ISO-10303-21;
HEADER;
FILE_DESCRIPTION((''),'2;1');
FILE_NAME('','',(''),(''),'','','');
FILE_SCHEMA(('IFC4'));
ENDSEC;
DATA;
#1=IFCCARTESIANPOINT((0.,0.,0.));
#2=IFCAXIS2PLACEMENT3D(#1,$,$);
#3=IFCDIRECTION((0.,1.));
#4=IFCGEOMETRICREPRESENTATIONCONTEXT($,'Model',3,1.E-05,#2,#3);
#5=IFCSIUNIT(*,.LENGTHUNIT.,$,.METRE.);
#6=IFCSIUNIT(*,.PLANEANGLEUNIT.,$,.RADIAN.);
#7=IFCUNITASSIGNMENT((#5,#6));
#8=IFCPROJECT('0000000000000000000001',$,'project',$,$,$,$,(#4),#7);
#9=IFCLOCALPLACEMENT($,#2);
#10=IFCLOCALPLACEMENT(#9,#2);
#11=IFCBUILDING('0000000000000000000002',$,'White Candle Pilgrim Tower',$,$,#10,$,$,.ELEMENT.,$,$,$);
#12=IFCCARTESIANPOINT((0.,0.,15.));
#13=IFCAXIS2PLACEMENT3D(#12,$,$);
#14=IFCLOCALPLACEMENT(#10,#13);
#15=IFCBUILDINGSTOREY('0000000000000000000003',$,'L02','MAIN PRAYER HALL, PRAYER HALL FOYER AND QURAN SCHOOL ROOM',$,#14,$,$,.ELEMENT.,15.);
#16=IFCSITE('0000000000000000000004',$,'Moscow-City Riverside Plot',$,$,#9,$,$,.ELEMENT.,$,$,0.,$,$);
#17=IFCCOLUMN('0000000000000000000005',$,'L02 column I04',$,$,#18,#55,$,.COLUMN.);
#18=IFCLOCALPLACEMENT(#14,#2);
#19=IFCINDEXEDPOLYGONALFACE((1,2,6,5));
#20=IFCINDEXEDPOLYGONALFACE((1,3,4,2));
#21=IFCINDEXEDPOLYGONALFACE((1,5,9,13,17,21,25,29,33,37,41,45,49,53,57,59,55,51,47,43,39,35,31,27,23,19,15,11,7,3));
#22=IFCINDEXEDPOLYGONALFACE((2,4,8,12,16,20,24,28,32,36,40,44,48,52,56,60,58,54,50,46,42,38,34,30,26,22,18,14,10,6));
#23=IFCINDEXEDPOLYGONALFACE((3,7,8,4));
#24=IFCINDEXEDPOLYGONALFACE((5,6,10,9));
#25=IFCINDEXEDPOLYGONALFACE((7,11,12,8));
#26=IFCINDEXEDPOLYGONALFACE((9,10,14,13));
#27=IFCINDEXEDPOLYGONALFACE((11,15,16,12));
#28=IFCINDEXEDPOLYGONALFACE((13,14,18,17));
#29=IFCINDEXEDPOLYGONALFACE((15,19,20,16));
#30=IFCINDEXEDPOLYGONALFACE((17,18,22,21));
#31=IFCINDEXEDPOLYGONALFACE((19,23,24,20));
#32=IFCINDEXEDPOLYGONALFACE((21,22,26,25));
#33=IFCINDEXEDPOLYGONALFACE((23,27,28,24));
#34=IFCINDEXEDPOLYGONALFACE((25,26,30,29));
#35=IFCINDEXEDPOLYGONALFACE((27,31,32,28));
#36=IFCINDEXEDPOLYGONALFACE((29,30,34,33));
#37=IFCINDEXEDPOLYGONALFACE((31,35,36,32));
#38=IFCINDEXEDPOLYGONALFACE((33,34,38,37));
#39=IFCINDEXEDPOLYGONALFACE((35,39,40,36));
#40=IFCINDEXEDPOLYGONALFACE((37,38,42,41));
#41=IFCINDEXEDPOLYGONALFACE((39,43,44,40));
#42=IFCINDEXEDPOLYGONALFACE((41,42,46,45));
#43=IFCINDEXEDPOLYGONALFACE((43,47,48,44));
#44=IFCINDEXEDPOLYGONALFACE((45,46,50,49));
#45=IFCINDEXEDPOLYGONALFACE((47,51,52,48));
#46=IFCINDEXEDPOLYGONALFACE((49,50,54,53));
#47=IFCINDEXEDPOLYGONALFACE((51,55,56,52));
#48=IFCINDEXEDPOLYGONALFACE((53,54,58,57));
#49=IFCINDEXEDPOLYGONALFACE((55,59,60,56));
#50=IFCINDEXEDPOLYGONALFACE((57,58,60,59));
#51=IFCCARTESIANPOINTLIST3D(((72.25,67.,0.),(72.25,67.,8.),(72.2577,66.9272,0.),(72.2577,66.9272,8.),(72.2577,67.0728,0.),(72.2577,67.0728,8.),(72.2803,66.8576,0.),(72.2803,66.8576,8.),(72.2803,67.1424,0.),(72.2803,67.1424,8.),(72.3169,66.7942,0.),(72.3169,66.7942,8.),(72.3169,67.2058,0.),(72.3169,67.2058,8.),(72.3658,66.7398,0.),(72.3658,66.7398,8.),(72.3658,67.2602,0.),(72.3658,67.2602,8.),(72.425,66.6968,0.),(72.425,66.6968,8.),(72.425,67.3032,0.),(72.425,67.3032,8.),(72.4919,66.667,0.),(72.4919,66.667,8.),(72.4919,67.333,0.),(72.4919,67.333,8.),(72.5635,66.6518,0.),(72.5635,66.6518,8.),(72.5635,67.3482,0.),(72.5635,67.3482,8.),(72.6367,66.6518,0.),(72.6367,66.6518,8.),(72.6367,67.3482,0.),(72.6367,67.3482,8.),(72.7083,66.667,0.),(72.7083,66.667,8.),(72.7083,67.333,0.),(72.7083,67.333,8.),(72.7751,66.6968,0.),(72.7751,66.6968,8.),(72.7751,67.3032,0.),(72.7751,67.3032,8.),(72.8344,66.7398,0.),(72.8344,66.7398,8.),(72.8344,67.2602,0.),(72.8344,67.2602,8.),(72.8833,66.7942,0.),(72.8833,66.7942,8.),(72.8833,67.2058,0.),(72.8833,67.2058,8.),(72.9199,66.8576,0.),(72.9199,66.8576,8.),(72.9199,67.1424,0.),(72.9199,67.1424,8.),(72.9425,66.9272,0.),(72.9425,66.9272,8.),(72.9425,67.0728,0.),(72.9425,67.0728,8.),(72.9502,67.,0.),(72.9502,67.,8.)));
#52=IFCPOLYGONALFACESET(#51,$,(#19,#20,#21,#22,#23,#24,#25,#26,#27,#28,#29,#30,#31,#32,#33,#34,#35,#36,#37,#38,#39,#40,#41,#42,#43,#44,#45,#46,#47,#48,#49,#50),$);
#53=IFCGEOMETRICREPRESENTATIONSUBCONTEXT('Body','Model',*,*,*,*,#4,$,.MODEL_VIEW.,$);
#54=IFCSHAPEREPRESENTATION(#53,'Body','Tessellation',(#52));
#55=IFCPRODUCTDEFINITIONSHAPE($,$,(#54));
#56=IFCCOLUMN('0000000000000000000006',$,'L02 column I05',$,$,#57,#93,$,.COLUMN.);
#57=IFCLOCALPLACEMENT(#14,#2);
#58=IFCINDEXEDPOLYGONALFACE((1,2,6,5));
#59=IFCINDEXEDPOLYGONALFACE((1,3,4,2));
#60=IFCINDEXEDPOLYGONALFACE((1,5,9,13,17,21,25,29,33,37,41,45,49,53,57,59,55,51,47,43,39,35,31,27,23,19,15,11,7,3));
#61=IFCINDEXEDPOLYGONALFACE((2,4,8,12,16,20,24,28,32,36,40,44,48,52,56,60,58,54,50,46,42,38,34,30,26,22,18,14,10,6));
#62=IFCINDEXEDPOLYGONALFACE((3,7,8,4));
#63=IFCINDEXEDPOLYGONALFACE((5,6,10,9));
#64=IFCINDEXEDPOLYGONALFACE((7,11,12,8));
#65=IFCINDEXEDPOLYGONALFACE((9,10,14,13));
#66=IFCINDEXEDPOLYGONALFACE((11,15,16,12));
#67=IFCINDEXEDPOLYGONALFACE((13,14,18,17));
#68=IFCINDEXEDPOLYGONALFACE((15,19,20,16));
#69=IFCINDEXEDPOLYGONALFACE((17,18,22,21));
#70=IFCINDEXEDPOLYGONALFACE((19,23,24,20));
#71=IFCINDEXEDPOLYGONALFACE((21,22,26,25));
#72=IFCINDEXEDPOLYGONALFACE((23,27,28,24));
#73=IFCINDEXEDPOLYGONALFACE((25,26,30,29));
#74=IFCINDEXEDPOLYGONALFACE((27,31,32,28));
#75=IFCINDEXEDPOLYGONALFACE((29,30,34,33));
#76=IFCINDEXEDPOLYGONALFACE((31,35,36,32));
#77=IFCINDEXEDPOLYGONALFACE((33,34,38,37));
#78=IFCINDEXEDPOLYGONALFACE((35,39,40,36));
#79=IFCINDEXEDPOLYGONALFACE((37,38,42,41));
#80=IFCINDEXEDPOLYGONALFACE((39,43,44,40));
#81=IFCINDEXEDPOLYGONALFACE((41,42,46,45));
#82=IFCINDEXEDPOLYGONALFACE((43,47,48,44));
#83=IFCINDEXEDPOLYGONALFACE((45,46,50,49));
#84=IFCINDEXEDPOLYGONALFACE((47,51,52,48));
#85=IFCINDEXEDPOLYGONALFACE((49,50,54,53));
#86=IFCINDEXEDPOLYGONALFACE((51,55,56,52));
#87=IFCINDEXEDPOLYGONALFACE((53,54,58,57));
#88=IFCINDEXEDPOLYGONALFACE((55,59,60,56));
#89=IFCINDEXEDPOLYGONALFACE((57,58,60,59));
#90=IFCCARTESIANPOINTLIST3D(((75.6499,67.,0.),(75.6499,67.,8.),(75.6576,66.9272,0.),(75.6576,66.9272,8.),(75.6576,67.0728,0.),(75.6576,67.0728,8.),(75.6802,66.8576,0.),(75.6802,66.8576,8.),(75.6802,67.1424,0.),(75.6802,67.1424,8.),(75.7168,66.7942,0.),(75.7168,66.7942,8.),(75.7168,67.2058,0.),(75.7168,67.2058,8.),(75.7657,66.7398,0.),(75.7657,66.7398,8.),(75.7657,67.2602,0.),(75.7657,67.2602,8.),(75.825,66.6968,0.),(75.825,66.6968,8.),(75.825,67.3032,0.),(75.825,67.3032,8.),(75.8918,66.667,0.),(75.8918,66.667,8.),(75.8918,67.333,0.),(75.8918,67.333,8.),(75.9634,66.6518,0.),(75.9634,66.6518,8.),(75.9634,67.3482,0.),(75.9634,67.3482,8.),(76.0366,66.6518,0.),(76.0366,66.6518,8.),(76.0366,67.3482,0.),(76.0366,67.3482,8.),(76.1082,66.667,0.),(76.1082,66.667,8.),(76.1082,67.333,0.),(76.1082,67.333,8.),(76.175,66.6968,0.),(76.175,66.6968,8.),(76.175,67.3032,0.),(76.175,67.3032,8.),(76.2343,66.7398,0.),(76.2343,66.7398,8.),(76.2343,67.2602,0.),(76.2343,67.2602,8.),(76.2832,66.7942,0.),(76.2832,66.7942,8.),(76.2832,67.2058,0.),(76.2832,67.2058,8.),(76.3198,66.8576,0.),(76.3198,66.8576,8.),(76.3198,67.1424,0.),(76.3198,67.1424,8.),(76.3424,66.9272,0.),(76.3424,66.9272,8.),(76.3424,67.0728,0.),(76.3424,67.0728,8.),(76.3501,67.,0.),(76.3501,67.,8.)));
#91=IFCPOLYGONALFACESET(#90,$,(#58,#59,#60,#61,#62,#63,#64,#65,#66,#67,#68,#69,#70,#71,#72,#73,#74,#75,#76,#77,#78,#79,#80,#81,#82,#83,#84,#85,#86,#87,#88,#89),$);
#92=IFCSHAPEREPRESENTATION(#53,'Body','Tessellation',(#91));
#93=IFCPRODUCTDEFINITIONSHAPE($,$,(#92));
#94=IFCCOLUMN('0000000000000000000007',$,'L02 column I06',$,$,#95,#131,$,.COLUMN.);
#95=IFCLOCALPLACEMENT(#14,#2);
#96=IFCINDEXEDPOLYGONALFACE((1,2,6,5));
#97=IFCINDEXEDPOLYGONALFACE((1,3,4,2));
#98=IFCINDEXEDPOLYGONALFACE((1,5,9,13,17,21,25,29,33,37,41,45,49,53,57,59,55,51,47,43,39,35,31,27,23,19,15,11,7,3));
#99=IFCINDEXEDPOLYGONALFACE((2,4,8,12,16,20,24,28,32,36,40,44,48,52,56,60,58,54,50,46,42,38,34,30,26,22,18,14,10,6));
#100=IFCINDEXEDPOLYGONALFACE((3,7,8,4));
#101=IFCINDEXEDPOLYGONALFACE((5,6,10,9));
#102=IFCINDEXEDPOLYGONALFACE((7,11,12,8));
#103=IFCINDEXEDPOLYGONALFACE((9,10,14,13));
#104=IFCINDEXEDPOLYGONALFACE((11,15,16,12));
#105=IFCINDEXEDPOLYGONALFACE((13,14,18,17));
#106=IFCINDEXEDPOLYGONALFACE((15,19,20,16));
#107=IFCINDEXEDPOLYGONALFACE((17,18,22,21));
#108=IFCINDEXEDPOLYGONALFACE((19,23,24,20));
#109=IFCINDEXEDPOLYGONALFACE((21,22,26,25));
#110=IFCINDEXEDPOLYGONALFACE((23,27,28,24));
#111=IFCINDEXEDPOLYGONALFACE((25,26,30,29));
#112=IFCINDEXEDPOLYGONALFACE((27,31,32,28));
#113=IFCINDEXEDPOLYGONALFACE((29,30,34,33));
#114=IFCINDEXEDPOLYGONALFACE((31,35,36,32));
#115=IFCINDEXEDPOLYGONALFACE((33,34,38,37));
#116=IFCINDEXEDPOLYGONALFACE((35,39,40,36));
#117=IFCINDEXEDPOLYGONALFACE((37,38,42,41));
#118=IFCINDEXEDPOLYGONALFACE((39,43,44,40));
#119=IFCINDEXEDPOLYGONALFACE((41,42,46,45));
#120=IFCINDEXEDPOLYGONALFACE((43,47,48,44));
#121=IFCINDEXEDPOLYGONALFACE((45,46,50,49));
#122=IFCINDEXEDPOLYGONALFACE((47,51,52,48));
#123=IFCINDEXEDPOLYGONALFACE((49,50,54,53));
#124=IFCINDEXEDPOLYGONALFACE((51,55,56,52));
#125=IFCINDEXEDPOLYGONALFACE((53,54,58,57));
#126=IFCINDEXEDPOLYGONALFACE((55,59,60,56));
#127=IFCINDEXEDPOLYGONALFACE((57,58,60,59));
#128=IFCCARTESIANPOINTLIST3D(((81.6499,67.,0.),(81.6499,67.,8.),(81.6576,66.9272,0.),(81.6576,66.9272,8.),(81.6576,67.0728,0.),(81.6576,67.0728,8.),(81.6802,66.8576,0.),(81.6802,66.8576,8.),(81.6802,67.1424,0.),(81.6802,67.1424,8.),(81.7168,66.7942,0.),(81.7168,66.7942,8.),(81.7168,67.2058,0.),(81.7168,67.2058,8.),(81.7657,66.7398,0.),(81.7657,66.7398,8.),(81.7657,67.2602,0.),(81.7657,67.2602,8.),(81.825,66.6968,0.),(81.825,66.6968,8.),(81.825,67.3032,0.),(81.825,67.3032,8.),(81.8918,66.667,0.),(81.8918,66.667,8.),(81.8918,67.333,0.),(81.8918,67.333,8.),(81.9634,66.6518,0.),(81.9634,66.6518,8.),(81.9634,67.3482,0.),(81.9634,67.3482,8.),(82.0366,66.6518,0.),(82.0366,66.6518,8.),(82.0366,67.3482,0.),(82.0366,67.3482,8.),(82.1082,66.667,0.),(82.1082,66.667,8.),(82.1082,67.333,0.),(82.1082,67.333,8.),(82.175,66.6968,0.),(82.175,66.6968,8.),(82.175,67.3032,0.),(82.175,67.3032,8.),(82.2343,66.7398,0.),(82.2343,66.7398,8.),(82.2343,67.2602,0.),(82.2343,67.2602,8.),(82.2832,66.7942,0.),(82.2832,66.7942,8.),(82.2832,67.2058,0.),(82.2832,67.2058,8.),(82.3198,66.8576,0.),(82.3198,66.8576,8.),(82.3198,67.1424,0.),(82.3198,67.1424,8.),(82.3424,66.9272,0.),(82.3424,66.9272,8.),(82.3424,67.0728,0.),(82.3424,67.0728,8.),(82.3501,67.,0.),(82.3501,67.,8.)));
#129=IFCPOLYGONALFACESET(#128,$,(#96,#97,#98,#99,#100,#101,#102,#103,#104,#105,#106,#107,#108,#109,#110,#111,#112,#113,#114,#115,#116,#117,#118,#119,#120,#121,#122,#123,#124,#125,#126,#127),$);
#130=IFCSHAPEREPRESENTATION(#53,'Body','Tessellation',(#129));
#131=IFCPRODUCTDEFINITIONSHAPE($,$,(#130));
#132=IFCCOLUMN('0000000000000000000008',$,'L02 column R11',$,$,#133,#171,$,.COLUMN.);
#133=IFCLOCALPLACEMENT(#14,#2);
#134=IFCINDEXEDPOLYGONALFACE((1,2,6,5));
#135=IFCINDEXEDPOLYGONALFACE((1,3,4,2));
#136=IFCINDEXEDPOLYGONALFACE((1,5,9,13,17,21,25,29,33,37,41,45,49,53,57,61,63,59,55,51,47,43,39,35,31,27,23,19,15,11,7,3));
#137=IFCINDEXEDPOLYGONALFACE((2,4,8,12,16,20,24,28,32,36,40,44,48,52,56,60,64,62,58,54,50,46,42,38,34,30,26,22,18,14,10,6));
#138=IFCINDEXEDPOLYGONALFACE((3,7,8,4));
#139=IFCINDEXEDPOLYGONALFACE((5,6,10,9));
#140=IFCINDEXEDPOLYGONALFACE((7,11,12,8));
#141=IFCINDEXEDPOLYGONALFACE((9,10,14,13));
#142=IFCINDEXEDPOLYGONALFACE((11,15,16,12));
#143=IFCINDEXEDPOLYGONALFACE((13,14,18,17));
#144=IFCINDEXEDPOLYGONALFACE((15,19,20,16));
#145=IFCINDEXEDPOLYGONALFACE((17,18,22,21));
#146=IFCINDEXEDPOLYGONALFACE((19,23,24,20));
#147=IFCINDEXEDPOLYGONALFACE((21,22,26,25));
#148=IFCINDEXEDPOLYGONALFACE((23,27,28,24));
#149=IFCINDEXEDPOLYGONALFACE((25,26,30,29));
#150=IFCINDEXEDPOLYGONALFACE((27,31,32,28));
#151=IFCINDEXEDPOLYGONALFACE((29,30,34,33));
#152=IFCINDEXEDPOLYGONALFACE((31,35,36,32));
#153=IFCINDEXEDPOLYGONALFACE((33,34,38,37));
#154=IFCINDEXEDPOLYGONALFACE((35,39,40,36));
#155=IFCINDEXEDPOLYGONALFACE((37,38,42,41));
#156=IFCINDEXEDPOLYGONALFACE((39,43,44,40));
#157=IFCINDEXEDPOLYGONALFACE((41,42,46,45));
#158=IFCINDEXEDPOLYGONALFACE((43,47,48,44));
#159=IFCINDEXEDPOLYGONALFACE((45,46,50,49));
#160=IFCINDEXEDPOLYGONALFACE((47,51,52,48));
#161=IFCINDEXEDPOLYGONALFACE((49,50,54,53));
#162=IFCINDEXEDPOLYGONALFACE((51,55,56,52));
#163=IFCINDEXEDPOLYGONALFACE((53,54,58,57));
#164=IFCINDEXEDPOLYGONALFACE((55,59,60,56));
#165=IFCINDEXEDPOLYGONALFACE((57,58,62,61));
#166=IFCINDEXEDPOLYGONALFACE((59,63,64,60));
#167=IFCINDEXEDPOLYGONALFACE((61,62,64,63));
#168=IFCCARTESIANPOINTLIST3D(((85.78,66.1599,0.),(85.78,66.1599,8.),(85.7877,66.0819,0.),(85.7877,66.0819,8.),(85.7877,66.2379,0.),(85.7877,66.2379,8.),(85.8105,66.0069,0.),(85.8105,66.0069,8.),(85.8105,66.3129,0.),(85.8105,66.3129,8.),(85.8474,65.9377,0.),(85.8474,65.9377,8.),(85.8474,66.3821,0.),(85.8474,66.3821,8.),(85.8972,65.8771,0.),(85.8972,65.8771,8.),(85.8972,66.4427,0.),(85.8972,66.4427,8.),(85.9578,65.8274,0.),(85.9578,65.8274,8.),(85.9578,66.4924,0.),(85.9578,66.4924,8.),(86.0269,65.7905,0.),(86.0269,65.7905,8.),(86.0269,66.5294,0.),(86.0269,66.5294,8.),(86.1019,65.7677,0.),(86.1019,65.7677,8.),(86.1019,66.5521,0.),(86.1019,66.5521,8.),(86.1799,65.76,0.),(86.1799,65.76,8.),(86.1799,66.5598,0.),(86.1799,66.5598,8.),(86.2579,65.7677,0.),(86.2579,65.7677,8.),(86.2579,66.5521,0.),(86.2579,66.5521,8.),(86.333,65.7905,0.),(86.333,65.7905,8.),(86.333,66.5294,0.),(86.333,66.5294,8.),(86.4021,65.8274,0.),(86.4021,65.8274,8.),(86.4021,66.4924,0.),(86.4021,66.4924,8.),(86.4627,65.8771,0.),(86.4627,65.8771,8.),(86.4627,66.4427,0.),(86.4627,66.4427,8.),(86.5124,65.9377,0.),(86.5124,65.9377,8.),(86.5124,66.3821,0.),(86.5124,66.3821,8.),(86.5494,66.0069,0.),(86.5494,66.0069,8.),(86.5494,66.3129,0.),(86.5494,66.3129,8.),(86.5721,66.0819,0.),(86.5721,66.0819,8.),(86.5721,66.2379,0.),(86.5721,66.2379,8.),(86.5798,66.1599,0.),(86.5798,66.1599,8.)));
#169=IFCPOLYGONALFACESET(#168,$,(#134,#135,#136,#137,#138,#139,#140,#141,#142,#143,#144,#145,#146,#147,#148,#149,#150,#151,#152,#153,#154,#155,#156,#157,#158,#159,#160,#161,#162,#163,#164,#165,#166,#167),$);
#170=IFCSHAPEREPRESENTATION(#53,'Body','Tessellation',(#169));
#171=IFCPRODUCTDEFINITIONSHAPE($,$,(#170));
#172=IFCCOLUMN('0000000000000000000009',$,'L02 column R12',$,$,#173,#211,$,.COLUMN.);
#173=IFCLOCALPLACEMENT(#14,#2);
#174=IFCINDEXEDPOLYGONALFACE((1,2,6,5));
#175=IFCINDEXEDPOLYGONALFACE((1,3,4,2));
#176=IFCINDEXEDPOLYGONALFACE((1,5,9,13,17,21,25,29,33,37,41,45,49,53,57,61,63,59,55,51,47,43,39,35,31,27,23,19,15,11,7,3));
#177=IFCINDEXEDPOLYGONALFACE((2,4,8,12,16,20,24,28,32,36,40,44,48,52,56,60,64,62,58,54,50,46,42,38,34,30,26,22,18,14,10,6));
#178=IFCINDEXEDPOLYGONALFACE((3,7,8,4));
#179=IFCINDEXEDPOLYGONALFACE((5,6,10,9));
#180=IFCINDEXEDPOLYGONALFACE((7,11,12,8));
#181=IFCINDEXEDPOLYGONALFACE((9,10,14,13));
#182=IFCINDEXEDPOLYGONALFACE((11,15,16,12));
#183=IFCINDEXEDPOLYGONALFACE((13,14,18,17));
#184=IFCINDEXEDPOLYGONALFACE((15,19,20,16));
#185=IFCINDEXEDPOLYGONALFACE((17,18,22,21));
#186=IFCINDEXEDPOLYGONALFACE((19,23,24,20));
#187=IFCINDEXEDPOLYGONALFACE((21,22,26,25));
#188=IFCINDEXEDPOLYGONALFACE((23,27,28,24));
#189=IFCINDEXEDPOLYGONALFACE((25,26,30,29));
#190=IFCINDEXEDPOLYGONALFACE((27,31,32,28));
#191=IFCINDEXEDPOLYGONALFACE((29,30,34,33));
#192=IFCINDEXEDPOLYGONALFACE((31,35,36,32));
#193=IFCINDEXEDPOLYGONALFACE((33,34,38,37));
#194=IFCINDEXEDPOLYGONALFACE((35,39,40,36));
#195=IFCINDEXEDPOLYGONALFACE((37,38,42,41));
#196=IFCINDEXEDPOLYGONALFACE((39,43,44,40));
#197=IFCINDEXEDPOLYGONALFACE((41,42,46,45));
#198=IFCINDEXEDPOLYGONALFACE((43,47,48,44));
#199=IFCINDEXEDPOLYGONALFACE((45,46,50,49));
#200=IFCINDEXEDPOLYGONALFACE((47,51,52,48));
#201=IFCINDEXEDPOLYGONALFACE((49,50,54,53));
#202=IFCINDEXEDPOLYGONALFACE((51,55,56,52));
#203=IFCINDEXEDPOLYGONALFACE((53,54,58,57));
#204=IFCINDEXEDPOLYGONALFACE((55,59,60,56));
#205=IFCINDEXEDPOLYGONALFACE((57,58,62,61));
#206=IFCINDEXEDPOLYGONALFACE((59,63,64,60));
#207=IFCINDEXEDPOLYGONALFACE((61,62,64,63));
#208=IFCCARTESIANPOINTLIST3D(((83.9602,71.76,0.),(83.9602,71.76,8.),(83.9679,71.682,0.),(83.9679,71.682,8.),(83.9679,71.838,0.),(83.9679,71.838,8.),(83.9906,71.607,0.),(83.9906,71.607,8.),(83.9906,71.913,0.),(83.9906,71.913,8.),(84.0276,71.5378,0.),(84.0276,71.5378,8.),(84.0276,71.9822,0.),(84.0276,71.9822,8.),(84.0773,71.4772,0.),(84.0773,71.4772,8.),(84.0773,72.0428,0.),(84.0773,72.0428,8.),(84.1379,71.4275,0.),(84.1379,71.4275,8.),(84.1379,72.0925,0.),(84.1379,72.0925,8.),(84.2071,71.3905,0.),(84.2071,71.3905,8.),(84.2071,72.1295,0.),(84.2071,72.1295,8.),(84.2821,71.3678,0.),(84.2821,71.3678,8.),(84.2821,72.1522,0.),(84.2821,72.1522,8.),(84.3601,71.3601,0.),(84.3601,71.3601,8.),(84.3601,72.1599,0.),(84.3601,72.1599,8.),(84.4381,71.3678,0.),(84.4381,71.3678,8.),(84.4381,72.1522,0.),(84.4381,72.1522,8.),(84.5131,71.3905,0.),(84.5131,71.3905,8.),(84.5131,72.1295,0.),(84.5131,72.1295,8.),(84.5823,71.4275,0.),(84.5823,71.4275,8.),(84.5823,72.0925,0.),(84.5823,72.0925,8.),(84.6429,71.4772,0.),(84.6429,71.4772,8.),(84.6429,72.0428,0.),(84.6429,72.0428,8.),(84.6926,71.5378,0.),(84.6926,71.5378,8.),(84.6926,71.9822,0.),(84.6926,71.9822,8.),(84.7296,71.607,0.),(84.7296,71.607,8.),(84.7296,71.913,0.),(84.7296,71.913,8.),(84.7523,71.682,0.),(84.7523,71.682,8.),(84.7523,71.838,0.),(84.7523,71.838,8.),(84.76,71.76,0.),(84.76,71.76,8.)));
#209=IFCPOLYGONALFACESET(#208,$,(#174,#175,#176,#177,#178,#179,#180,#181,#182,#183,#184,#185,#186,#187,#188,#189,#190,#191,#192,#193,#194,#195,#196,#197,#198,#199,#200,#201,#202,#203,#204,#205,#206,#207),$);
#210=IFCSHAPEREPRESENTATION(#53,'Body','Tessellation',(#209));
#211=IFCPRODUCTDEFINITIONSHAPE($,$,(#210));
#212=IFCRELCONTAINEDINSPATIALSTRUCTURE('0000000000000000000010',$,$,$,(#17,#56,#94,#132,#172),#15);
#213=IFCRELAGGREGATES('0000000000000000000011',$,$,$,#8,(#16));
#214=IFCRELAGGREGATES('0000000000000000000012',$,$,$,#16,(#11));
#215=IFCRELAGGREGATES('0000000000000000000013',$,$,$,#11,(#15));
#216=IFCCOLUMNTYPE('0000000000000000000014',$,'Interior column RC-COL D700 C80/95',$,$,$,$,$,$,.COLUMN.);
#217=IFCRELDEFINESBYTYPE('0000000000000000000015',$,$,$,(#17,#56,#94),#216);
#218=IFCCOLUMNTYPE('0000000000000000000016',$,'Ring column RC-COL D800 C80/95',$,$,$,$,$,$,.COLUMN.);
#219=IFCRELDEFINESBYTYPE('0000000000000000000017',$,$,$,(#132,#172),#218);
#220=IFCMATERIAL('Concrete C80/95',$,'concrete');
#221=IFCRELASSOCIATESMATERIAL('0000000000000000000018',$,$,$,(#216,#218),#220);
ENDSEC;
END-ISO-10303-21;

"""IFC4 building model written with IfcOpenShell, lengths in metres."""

from ifc_helpers import new_model, si_unit, direction, frame, origin, origin_2d, place, context, subcontext, project, spatial, circle, extrude, material, material_profile, profile_set, type_object, element, save


model = new_model("IFC4")

# Units and contexts
model_context = context("Model", 3, precision=1e-05, world=origin(), true_north=direction((0.0, 1.0)))
body_context = subcontext(model_context, "Body", "Model", "MODEL_VIEW")
ifc_project = project(units=[si_unit("LENGTHUNIT", "METRE"), si_unit("PLANEANGLEUNIT", "RADIAN")], contexts=[model_context])

# Site, building, storey
site_placement = place(None, origin())
site = spatial("IfcSite", under=ifc_project, at=site_placement, Name="Moscow-City Riverside Plot", CompositionType="ELEMENT", RefElevation=0.0)
building_placement = place(site_placement, origin())
building = spatial("IfcBuilding", under=site, at=building_placement, Name="White Candle Pilgrim Tower", CompositionType="ELEMENT")
storey_placement = place(building_placement, frame((0.0, 0.0, 15.0)))
storey = spatial("IfcBuildingStorey", under=building, at=storey_placement, Name="L02", Description="MAIN PRAYER HALL, PRAYER HALL FOYER AND QURAN SCHOOL ROOM", CompositionType="ELEMENT", Elevation=15.0)

# Columns
ifc_material_1 = material(Name="Concrete C80/95", Category="concrete")
ifc_material_profile_1 = material_profile(ifc_material_1, circle(Radius=0.3501, at=origin_2d()), Name="RC-COL D700")
ifc_profile_set_1 = profile_set([ifc_material_profile_1], Name="Concrete C80/95")
column_type_1 = type_object("IfcColumnType", Name="Interior column RC-COL D700 C80/95", PredefinedType="COLUMN", material=ifc_profile_set_1)
for number, where, z_axis, x_axis, name in (
    (1, (72.6001, 67.0, 0.0), (0.0, 0.0, 1.0), (1.0, 0.0, 0.0), "L02 column I04"),
    (2, (76.0, 67.0, 0.0), (0.0, 0.0, 1.0), (1.0, 0.0, 0.0), "L02 column I05"),
    (3, (82.0, 67.0, 0.0), (0.0, 0.0, 1.0), (1.0, 0.0, 0.0), "L02 column I06"),
):
    element("IfcColumn", number, at=place(storey_placement, frame(where, z_axis=z_axis, x_axis=x_axis)), inside=storey, type_object=column_type_1, Name=name, PredefinedType="COLUMN", context=body_context, shape_type="SweptSolid", body=[
        extrude(circle(Radius=0.3501, at=origin_2d()), origin(), (0.0, 0.0, 1.0), 8.0),
    ])
ifc_material_profile_2 = material_profile(ifc_material_1, circle(Radius=0.3999, at=origin_2d()), Name="RC-COL D800")
ifc_profile_set_2 = profile_set([ifc_material_profile_2], Name="Concrete C80/95")
column_type_2 = type_object("IfcColumnType", Name="Ring column RC-COL D800 C80/95", PredefinedType="COLUMN", material=ifc_profile_set_2)
for number, where, z_axis, x_axis, name in (
    (4, (86.1799, 66.1599, 0.0), (0.0, 0.0, 1.0), (1.0, 0.0, 0.0), "L02 column R11"),
    (5, (84.3601, 71.76, 0.0), (0.0, 0.0, 1.0), (1.0, 0.0, 0.0), "L02 column R12"),
):
    element("IfcColumn", number, at=place(storey_placement, frame(where, z_axis=z_axis, x_axis=x_axis)), inside=storey, type_object=column_type_2, Name=name, PredefinedType="COLUMN", context=body_context, shape_type="SweptSolid", body=[
        extrude(circle(Radius=0.3999, at=origin_2d()), origin(), (0.0, 0.0, 1.0), 8.0),
    ])

save(model, "model.ifc")
